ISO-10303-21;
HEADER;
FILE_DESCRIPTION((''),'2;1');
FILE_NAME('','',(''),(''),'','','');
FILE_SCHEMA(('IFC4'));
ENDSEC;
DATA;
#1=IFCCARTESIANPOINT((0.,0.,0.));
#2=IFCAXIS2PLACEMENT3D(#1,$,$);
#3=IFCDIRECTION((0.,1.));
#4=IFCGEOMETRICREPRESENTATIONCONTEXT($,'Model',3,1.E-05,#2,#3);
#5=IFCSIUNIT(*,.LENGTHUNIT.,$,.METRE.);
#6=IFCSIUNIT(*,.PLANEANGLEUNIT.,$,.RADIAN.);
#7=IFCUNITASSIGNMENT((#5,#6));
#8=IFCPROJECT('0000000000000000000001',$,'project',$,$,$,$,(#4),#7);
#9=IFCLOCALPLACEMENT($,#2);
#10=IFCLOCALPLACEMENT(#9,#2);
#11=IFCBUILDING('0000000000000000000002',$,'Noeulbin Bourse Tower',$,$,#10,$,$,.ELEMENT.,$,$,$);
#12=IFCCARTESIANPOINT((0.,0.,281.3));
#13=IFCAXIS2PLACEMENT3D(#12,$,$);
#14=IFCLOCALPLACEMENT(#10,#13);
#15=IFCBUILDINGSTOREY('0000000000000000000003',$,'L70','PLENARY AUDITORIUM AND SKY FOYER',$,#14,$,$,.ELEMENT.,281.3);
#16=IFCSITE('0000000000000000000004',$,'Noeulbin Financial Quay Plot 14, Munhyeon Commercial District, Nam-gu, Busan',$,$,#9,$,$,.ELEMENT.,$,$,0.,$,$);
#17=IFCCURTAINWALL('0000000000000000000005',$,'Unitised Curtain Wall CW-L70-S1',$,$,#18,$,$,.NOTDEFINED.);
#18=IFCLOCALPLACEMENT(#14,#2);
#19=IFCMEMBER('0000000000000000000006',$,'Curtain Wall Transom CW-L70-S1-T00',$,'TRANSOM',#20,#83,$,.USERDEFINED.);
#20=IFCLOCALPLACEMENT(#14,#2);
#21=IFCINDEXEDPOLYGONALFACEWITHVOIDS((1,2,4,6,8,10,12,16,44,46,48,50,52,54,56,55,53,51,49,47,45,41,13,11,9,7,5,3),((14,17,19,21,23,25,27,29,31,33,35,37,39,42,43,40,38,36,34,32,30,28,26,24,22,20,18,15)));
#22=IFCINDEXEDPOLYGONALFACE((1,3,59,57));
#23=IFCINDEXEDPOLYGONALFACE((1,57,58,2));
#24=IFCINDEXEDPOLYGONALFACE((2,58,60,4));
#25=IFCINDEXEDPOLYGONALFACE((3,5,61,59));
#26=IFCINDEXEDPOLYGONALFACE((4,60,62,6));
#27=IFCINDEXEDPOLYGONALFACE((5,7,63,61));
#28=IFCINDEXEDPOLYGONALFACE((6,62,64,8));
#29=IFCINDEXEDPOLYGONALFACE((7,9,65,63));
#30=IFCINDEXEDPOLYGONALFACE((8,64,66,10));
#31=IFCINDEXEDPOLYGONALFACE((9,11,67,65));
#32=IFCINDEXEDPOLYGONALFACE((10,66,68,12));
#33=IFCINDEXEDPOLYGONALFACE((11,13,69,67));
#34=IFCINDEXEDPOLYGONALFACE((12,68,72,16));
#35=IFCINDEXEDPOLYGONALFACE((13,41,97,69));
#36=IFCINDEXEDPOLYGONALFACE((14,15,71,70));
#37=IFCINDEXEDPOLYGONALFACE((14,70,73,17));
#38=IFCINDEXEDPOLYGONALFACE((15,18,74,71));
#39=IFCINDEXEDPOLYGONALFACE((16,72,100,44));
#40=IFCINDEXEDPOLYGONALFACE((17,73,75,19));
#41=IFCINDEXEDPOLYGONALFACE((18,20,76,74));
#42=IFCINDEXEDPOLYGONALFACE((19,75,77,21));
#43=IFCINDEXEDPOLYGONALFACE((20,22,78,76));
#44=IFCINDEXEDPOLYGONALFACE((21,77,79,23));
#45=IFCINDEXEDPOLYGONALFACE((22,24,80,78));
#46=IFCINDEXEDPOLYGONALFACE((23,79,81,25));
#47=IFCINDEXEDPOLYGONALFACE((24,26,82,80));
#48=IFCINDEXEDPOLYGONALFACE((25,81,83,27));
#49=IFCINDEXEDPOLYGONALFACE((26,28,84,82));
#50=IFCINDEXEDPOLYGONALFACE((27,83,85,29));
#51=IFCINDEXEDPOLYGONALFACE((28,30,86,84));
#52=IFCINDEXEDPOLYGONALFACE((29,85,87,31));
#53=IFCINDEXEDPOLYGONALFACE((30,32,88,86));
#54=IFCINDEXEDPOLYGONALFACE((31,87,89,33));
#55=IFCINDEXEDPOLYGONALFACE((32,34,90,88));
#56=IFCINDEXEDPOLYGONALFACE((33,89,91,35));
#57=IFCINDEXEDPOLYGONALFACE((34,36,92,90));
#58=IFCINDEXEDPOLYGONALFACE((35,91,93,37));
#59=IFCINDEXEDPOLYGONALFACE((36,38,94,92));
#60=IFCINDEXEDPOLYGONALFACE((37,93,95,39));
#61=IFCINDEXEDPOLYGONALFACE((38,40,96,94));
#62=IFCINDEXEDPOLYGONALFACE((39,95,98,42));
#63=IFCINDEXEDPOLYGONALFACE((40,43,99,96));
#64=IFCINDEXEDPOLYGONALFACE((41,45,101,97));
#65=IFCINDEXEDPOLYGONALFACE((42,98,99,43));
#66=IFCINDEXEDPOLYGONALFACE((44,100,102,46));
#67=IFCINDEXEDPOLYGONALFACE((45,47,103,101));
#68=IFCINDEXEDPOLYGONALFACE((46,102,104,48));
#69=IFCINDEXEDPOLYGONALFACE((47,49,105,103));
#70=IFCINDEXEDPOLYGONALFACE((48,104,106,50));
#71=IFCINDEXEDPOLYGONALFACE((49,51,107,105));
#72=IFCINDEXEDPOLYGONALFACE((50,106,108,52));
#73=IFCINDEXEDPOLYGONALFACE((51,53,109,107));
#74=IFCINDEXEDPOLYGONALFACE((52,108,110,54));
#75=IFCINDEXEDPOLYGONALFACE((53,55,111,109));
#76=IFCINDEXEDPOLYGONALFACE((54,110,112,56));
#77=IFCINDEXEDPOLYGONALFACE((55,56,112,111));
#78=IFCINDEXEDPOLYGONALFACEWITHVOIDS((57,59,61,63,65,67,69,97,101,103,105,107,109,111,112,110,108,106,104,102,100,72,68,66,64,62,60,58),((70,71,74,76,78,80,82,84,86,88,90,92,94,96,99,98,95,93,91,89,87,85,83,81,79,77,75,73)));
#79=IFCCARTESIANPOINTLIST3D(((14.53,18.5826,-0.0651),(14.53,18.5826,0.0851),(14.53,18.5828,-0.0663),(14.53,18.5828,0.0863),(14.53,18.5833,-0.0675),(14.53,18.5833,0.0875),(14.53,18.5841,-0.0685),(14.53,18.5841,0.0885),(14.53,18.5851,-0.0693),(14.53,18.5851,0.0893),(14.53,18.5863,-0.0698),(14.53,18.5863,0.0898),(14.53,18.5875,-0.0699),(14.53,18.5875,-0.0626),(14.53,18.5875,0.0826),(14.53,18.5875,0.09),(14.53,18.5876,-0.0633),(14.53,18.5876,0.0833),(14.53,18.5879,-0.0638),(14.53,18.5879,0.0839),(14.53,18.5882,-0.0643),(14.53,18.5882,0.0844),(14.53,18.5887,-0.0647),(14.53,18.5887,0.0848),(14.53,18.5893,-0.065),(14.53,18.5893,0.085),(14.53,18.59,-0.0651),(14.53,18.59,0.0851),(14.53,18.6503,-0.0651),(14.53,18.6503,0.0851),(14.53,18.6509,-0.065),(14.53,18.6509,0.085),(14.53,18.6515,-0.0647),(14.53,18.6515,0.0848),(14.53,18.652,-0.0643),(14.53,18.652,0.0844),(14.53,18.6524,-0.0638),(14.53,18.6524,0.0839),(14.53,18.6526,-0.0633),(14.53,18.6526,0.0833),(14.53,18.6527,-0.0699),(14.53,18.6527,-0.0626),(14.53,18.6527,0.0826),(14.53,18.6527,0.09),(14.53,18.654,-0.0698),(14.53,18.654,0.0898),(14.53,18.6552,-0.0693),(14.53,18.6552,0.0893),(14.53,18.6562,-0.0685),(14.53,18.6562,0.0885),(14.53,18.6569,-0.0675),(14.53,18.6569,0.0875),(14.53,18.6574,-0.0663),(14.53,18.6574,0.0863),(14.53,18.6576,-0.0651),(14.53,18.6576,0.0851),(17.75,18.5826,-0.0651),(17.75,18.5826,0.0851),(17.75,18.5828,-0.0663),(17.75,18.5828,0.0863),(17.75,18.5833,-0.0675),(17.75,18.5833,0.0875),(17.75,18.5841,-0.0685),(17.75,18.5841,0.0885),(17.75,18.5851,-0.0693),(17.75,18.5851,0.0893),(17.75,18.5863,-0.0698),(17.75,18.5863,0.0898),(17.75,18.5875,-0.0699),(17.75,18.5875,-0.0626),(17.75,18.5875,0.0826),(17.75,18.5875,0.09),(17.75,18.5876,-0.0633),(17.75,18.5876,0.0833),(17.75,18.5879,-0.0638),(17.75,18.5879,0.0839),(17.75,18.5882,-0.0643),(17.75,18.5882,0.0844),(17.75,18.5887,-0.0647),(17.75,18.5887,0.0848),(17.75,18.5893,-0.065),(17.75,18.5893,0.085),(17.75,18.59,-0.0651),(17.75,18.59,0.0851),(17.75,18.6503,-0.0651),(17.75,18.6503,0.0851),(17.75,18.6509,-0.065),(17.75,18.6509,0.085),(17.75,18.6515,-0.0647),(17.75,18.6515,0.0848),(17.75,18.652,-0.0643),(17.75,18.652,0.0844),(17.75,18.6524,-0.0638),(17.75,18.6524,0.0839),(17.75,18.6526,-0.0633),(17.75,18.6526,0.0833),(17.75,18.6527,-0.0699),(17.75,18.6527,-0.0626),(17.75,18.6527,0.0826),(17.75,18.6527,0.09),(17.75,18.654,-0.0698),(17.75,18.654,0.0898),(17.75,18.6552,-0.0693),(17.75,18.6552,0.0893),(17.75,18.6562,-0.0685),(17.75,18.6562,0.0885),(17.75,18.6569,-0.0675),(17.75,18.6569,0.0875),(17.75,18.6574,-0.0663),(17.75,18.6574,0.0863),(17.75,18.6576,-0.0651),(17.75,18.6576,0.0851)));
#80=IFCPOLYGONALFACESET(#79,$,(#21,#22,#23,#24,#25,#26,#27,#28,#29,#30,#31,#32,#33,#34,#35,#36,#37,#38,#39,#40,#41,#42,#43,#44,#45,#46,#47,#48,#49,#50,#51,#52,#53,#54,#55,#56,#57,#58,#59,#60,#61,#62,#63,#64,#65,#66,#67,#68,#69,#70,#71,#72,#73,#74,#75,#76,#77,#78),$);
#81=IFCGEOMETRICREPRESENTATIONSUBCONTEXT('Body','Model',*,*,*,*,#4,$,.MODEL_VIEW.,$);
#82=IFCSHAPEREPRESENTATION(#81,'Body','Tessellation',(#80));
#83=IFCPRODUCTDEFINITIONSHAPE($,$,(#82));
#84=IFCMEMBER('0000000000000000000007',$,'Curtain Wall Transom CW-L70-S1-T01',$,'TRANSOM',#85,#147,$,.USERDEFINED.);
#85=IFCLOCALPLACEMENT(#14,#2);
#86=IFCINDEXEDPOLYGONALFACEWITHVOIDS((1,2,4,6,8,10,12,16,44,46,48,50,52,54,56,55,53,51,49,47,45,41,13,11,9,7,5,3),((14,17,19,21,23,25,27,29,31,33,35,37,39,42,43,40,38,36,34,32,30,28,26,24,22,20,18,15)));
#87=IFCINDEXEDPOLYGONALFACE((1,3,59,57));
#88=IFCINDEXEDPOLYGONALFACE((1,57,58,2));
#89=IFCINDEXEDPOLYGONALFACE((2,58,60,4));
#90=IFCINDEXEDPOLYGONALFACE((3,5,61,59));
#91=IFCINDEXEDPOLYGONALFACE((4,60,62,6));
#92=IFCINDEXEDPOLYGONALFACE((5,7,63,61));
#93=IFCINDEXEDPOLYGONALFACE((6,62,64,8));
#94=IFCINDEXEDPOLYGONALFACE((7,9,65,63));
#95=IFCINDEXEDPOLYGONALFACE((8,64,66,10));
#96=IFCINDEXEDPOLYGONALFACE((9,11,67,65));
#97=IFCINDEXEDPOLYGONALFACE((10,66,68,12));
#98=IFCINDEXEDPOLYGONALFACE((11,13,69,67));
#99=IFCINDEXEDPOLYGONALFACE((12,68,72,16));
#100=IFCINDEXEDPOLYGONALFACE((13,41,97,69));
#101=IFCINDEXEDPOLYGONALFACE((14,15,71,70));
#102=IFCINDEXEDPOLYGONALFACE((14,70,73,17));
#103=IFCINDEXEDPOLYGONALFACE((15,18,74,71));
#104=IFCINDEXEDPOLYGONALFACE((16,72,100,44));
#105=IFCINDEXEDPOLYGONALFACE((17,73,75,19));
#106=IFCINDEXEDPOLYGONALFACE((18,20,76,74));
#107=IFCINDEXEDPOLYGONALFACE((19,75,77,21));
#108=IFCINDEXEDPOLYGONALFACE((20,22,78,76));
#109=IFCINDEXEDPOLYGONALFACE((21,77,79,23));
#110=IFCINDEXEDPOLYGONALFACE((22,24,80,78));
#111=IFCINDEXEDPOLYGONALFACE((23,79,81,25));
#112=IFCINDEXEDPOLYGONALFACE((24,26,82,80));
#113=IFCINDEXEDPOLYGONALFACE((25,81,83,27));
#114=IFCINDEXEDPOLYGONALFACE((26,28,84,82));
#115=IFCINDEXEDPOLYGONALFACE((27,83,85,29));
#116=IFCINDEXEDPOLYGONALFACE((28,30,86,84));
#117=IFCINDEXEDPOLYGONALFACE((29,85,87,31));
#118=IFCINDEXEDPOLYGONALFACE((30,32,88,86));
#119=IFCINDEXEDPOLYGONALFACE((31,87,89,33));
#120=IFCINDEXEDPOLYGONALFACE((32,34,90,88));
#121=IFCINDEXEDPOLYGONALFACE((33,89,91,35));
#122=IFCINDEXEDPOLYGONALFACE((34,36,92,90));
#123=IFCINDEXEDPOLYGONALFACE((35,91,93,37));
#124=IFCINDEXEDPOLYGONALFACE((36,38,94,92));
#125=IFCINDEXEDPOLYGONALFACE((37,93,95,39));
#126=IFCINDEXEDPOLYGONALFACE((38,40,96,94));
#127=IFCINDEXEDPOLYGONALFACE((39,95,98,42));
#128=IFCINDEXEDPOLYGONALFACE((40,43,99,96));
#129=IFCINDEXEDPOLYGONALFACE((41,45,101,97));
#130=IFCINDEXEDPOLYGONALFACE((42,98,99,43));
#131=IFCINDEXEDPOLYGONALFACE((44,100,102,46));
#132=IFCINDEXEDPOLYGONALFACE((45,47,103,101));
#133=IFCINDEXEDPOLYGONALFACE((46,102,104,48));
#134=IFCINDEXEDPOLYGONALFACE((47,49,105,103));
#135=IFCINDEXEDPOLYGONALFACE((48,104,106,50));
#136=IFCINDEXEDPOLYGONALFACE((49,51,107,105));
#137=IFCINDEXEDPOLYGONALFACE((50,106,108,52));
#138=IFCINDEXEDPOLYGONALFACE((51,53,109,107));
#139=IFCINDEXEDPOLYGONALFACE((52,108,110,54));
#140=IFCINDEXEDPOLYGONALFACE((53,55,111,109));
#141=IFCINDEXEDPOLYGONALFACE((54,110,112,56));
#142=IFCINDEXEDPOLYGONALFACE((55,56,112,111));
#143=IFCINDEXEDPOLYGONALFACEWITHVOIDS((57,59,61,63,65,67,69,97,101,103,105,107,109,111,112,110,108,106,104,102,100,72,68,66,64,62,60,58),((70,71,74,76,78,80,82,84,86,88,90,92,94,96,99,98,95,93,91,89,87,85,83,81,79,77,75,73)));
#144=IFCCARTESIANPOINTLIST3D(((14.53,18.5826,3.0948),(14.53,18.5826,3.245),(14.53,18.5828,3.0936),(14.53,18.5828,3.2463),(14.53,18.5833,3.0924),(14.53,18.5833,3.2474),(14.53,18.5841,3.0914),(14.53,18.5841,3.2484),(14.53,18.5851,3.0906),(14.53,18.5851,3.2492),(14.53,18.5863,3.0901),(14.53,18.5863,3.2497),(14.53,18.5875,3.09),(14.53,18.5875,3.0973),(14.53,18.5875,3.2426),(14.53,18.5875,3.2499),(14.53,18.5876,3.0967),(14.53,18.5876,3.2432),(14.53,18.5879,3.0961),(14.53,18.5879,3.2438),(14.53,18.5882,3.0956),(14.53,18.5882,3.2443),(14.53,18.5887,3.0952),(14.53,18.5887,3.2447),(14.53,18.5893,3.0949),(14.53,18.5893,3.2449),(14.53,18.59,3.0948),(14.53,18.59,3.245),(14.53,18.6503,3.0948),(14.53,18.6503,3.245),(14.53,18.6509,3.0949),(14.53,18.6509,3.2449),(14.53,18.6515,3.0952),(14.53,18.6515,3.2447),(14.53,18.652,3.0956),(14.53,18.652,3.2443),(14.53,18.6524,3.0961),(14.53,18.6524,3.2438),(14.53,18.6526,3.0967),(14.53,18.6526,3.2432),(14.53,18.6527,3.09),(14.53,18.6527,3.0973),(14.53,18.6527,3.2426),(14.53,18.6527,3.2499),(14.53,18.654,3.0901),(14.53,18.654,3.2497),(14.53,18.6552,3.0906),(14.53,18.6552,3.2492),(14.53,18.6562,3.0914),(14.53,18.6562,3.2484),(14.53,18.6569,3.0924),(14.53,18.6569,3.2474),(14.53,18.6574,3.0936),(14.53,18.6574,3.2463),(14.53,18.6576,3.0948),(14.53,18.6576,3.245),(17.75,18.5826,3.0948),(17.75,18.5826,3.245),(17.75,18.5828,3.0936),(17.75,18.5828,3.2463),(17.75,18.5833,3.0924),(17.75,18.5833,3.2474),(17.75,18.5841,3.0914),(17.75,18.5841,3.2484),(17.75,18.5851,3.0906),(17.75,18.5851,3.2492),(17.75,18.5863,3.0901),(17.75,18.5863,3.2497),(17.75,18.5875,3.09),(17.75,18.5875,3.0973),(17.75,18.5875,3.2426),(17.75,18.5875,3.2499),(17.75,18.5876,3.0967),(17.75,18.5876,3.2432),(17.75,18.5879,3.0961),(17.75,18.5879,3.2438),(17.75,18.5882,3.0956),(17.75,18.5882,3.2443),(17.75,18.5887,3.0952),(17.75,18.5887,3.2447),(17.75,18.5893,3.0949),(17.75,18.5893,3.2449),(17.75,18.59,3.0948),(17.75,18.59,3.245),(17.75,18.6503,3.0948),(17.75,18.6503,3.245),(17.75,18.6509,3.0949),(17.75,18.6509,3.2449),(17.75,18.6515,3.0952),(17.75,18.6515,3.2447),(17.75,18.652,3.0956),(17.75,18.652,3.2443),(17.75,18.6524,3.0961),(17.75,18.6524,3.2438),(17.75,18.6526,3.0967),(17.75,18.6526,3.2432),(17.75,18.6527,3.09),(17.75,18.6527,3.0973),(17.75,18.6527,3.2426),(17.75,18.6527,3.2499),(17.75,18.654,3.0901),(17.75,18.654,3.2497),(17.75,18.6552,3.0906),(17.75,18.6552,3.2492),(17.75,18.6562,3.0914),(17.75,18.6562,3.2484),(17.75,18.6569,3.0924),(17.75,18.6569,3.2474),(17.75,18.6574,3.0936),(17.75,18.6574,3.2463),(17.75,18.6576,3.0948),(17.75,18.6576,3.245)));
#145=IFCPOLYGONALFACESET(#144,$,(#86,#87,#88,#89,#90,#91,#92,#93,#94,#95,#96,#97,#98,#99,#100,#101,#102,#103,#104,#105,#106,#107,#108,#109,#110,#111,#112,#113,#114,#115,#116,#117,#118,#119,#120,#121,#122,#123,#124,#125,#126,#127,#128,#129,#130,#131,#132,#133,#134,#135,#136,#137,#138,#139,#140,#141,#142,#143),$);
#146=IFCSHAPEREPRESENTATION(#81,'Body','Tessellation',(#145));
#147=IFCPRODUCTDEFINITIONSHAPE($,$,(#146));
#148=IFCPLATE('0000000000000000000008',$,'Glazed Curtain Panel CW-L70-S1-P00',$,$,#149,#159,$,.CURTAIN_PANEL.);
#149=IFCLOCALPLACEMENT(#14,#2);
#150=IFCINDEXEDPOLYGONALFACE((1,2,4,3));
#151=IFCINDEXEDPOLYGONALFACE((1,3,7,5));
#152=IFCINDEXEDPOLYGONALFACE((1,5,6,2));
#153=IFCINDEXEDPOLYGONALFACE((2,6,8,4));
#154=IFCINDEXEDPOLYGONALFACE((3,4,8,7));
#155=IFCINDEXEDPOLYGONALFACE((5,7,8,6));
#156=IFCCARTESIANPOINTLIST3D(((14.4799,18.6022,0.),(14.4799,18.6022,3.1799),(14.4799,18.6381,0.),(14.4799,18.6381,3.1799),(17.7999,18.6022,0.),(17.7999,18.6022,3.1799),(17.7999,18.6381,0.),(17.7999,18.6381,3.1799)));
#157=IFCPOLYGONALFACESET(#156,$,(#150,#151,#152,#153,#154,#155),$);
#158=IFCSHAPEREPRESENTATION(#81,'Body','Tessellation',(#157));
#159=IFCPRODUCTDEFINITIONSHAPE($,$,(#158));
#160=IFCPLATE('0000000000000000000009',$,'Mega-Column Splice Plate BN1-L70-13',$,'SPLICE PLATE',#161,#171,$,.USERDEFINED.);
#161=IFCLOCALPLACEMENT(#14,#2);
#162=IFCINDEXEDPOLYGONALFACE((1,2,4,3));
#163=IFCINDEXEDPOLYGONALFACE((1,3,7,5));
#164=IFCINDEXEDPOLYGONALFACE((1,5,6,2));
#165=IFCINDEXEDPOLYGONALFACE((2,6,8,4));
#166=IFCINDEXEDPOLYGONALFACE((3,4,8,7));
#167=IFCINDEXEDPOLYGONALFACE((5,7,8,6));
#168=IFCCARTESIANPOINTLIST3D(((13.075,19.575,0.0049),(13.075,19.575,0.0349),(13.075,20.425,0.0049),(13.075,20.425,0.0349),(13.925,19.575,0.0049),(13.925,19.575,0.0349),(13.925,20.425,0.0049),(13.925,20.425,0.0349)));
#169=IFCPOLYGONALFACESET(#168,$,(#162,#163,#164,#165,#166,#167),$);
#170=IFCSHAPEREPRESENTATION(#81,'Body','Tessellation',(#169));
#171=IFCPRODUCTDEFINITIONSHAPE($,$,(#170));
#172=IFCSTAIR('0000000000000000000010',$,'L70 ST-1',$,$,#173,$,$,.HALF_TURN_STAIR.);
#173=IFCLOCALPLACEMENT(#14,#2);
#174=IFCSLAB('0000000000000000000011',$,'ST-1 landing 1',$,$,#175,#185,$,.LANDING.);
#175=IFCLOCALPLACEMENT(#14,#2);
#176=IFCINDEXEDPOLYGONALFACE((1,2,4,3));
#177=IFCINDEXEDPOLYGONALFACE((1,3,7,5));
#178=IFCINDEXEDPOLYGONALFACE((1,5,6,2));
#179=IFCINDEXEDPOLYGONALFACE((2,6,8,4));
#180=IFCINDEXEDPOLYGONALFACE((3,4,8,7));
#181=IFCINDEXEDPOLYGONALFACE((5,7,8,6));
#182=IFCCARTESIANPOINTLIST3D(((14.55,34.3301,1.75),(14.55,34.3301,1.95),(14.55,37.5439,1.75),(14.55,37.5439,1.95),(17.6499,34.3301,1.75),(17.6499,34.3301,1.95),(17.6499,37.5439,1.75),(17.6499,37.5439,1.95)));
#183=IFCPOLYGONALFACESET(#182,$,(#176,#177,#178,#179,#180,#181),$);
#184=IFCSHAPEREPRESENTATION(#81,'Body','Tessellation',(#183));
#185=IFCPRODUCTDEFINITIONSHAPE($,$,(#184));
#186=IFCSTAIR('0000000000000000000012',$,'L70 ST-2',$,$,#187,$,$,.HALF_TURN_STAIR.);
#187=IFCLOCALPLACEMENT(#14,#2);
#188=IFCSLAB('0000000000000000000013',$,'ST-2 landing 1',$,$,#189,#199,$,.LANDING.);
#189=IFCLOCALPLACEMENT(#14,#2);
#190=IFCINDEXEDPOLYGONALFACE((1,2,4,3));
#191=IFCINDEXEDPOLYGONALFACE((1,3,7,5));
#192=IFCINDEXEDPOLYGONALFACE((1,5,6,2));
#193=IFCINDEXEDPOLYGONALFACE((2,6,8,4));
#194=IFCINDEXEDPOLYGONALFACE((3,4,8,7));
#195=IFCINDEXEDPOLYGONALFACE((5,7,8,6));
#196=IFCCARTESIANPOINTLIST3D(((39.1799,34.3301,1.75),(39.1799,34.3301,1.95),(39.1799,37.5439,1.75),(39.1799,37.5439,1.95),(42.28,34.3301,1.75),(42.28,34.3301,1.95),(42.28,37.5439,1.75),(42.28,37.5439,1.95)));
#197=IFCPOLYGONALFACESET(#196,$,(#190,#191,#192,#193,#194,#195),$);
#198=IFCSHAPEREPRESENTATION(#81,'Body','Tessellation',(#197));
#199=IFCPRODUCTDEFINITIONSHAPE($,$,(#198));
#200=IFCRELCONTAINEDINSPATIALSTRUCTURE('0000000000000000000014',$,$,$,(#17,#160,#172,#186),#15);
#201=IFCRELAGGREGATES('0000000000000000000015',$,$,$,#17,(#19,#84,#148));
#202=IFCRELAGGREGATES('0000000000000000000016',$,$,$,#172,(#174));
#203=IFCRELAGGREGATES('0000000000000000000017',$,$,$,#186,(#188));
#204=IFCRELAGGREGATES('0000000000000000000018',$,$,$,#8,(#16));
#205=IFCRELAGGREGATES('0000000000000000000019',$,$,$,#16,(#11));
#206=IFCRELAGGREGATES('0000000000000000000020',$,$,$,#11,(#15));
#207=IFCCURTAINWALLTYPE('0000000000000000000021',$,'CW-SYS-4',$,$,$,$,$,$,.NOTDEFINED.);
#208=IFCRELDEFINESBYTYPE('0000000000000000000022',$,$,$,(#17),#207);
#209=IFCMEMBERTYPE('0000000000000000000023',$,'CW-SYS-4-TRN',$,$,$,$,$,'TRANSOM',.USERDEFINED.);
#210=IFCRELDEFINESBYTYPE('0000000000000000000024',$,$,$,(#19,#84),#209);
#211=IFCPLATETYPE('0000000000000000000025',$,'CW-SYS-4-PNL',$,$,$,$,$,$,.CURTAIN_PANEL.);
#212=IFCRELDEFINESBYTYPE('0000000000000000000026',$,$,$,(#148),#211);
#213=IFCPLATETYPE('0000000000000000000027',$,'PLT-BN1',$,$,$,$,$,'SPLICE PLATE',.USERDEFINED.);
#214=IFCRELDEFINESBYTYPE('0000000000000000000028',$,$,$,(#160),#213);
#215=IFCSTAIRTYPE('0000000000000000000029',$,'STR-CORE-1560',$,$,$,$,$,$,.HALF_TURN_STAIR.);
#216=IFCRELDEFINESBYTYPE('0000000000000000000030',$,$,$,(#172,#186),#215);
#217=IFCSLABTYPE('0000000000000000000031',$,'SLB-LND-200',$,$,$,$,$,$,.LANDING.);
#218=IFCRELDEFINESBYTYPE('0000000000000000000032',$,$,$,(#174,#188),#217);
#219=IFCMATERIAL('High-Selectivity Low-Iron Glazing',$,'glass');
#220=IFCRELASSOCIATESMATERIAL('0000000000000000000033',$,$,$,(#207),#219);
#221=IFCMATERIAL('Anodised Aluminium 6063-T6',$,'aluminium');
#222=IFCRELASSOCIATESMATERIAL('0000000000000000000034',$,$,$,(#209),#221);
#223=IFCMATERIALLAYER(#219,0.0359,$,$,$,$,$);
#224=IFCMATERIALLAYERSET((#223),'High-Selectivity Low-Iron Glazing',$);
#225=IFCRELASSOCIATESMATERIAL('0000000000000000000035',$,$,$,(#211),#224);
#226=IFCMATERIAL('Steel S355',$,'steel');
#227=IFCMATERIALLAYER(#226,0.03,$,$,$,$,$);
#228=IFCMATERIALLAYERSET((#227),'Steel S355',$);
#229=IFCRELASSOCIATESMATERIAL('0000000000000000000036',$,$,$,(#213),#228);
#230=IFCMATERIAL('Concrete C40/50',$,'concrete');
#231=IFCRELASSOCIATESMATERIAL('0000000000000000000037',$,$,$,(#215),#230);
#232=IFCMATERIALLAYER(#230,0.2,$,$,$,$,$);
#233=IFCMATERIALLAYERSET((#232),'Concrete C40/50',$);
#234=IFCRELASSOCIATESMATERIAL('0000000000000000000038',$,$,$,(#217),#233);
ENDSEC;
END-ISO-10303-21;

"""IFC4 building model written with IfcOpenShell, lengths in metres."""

from ifc_helpers import new_model, si_unit, direction, frame, origin, origin_2d, place, context, subcontext, project, spatial, polyline, rectangle, hollow_rectangle, outline, extrude, material, layer, layer_set, material_profile, profile_set, type_object, element, aggregate, save


model = new_model("IFC4")

# Units and contexts
model_context = context("Model", 3, precision=1e-05, world=origin(), true_north=direction((0.0, 1.0)))
body_context = subcontext(model_context, "Body", "Model", "MODEL_VIEW")
ifc_project = project(units=[si_unit("LENGTHUNIT", "METRE"), si_unit("PLANEANGLEUNIT", "RADIAN")], contexts=[model_context])

# Site, building, storey
site_placement = place(None, origin())
site = spatial("IfcSite", under=ifc_project, at=site_placement, Name="Noeulbin Financial Quay Plot 14, Munhyeon Commercial District, Nam-gu, Busan", CompositionType="ELEMENT", RefElevation=0.0)
building_placement = place(site_placement, origin())
building = spatial("IfcBuilding", under=site, at=building_placement, Name="Noeulbin Bourse Tower", CompositionType="ELEMENT")
storey_placement = place(building_placement, frame((0.0, 0.0, 281.3)))
storey = spatial("IfcBuildingStorey", under=building, at=storey_placement, Name="L70", Description="PLENARY AUDITORIUM AND SKY FOYER", CompositionType="ELEMENT", Elevation=281.3)

# Shared definitions
ifc_material_1 = material(Name="Steel S355", Category="steel")

# Curtain wall
ifc_material_2 = material(Name="High-Selectivity Low-Iron Glazing", Category="glass")
curtain_wall_type = type_object("IfcCurtainWallType", Name="CW-SYS-4", PredefinedType="NOTDEFINED", material=ifc_material_2)
curtain_wall_1_placement = place(storey_placement, origin())
curtain_wall_1 = element("IfcCurtainWall", 1, at=curtain_wall_1_placement, inside=storey, type_object=curtain_wall_type, Name="Unitised Curtain Wall CW-L70-S1", PredefinedType="NOTDEFINED")
ifc_material_3 = material(Name="Anodised Aluminium 6063-T6", Category="aluminium")

# Members
ifc_material_profile_1 = material_profile(ifc_material_3, hollow_rectangle(XDim=0.075, YDim=0.1599, WallThickness=0.0049, InnerFilletRadius=0.0024, OuterFilletRadius=0.0049, at=origin_2d()), Name="ALU-TRAN-75x160x5", Category="LoadBearing")
ifc_profile_set_1 = profile_set([ifc_material_profile_1], Name="Anodised Aluminium 6063-T6")
member_type_1 = type_object("IfcMemberType", Name="CW-SYS-4-TRN", ElementType="TRANSOM", PredefinedType="USERDEFINED", material=ifc_profile_set_1)
member_1_placement = place(storey_placement, frame((14.53, 18.6201, 0.01), z_axis=(1.0, 0.0, 0.0), x_axis=(0.0, 1.0, 0.0)))
member_1 = element("IfcMember", 2, at=member_1_placement, type_object=member_type_1, Name="Curtain Wall Transom CW-L70-S1-T00", ObjectType="TRANSOM", PredefinedType="USERDEFINED", context=body_context, shape_type="SweptSolid", body=[
    extrude(hollow_rectangle(XDim=0.075, YDim=0.1599, WallThickness=0.0049, InnerFilletRadius=0.0024, OuterFilletRadius=0.0049, at=origin_2d()), origin(), (0.0, 0.0, 1.0), 3.22),
])
member_2_placement = place(storey_placement, frame((14.53, 18.6201, 3.1699), z_axis=(1.0, 0.0, 0.0), x_axis=(0.0, 1.0, 0.0)))
member_2 = element("IfcMember", 3, at=member_2_placement, type_object=member_type_1, Name="Curtain Wall Transom CW-L70-S1-T01", ObjectType="TRANSOM", PredefinedType="USERDEFINED", context=body_context, shape_type="SweptSolid", body=[
    extrude(hollow_rectangle(XDim=0.075, YDim=0.1599, WallThickness=0.0049, InnerFilletRadius=0.0024, OuterFilletRadius=0.0049, at=origin_2d()), origin(), (0.0, 0.0, 1.0), 3.22),
])

# Plates
ifc_layer_1 = layer(ifc_material_2, 0.0359)
ifc_layer_set_1 = layer_set([ifc_layer_1], Name="High-Selectivity Low-Iron Glazing")
plate_type_1 = type_object("IfcPlateType", Name="CW-SYS-4-PNL", PredefinedType="CURTAIN_PANEL", material=ifc_layer_set_1)
plate_1_placement = place(storey_placement, frame((16.1399, 18.6201, 0.0), z_axis=(0.0, 0.0, 1.0), x_axis=(1.0, 0.0, 0.0)))
plate_1 = element("IfcPlate", 4, at=plate_1_placement, type_object=plate_type_1, Name="Glazed Curtain Panel CW-L70-S1-P00", PredefinedType="CURTAIN_PANEL", context=body_context, shape_type="SweptSolid", body=[
    extrude(rectangle(XDim=3.3201, YDim=0.0359, at=origin_2d()), origin(), (0.0, 0.0, 1.0), 3.1799),
])
aggregate(curtain_wall_1, [member_1, member_2, plate_1])
ifc_layer_2 = layer(ifc_material_1, 0.03)
ifc_layer_set_2 = layer_set([ifc_layer_2], Name="Steel S355")
plate_type_2 = type_object("IfcPlateType", Name="PLT-BN1", ElementType="SPLICE PLATE", PredefinedType="USERDEFINED", material=ifc_layer_set_2)
plate_2_placement = place(storey_placement, frame((13.5, 20.0, 0.0049), z_axis=(0.0, 0.0, 1.0), x_axis=(1.0, 0.0, 0.0)))
element("IfcPlate", 5, at=plate_2_placement, inside=storey, type_object=plate_type_2, Name="Mega-Column Splice Plate BN1-L70-13", ObjectType="SPLICE PLATE", PredefinedType="USERDEFINED", context=body_context, shape_type="SweptSolid", body=[
    extrude(rectangle(XDim=0.8501, YDim=0.8501, at=origin_2d()), origin(), (0.0, 0.0, 1.0), 0.03),
])

# Stairs, slabs
ifc_material_4 = material(Name="Concrete C40/50", Category="concrete")
stair_type = type_object("IfcStairType", Name="STR-CORE-1560", PredefinedType="HALF_TURN_STAIR", material=ifc_material_4)
stair_1_placement = place(storey_placement, origin())
stair_1 = element("IfcStair", 6, at=stair_1_placement, inside=storey, type_object=stair_type, Name="L70 ST-1", PredefinedType="HALF_TURN_STAIR")
ifc_layer_3 = layer(ifc_material_4, 0.2)
ifc_layer_set_3 = layer_set([ifc_layer_3], Name="Concrete C40/50")
slab_type_1 = type_object("IfcSlabType", Name="SLB-LND-200", PredefinedType="LANDING", material=ifc_layer_set_3)
slab_1_placement = place(storey_placement, frame((0.0, 0.0, 1.75)))
slab_1 = element("IfcSlab", 7, at=slab_1_placement, type_object=slab_type_1, Name="ST-1 landing 1", PredefinedType="LANDING", context=body_context, shape_type="SweptSolid", body=[
    extrude(outline(polyline([(17.6499, 34.3301), (17.6499, 37.5439), (14.55, 37.5439), (14.55, 34.3301), (17.6499, 34.3301)])), origin(), (0.0, 0.0, 1.0), 0.2),
])
aggregate(stair_1, [slab_1])
stair_2_placement = place(storey_placement, origin())
stair_2 = element("IfcStair", 8, at=stair_2_placement, inside=storey, type_object=stair_type, Name="L70 ST-2", PredefinedType="HALF_TURN_STAIR")
slab_2_placement = place(storey_placement, frame((0.0, 0.0, 1.75)))
slab_2 = element("IfcSlab", 9, at=slab_2_placement, type_object=slab_type_1, Name="ST-2 landing 1", PredefinedType="LANDING", context=body_context, shape_type="SweptSolid", body=[
    extrude(outline(polyline([(42.28, 34.3301), (42.28, 37.5439), (39.1799, 37.5439), (39.1799, 34.3301), (42.28, 34.3301)])), origin(), (0.0, 0.0, 1.0), 0.2),
])
aggregate(stair_2, [slab_2])

save(model, "model.ifc")
